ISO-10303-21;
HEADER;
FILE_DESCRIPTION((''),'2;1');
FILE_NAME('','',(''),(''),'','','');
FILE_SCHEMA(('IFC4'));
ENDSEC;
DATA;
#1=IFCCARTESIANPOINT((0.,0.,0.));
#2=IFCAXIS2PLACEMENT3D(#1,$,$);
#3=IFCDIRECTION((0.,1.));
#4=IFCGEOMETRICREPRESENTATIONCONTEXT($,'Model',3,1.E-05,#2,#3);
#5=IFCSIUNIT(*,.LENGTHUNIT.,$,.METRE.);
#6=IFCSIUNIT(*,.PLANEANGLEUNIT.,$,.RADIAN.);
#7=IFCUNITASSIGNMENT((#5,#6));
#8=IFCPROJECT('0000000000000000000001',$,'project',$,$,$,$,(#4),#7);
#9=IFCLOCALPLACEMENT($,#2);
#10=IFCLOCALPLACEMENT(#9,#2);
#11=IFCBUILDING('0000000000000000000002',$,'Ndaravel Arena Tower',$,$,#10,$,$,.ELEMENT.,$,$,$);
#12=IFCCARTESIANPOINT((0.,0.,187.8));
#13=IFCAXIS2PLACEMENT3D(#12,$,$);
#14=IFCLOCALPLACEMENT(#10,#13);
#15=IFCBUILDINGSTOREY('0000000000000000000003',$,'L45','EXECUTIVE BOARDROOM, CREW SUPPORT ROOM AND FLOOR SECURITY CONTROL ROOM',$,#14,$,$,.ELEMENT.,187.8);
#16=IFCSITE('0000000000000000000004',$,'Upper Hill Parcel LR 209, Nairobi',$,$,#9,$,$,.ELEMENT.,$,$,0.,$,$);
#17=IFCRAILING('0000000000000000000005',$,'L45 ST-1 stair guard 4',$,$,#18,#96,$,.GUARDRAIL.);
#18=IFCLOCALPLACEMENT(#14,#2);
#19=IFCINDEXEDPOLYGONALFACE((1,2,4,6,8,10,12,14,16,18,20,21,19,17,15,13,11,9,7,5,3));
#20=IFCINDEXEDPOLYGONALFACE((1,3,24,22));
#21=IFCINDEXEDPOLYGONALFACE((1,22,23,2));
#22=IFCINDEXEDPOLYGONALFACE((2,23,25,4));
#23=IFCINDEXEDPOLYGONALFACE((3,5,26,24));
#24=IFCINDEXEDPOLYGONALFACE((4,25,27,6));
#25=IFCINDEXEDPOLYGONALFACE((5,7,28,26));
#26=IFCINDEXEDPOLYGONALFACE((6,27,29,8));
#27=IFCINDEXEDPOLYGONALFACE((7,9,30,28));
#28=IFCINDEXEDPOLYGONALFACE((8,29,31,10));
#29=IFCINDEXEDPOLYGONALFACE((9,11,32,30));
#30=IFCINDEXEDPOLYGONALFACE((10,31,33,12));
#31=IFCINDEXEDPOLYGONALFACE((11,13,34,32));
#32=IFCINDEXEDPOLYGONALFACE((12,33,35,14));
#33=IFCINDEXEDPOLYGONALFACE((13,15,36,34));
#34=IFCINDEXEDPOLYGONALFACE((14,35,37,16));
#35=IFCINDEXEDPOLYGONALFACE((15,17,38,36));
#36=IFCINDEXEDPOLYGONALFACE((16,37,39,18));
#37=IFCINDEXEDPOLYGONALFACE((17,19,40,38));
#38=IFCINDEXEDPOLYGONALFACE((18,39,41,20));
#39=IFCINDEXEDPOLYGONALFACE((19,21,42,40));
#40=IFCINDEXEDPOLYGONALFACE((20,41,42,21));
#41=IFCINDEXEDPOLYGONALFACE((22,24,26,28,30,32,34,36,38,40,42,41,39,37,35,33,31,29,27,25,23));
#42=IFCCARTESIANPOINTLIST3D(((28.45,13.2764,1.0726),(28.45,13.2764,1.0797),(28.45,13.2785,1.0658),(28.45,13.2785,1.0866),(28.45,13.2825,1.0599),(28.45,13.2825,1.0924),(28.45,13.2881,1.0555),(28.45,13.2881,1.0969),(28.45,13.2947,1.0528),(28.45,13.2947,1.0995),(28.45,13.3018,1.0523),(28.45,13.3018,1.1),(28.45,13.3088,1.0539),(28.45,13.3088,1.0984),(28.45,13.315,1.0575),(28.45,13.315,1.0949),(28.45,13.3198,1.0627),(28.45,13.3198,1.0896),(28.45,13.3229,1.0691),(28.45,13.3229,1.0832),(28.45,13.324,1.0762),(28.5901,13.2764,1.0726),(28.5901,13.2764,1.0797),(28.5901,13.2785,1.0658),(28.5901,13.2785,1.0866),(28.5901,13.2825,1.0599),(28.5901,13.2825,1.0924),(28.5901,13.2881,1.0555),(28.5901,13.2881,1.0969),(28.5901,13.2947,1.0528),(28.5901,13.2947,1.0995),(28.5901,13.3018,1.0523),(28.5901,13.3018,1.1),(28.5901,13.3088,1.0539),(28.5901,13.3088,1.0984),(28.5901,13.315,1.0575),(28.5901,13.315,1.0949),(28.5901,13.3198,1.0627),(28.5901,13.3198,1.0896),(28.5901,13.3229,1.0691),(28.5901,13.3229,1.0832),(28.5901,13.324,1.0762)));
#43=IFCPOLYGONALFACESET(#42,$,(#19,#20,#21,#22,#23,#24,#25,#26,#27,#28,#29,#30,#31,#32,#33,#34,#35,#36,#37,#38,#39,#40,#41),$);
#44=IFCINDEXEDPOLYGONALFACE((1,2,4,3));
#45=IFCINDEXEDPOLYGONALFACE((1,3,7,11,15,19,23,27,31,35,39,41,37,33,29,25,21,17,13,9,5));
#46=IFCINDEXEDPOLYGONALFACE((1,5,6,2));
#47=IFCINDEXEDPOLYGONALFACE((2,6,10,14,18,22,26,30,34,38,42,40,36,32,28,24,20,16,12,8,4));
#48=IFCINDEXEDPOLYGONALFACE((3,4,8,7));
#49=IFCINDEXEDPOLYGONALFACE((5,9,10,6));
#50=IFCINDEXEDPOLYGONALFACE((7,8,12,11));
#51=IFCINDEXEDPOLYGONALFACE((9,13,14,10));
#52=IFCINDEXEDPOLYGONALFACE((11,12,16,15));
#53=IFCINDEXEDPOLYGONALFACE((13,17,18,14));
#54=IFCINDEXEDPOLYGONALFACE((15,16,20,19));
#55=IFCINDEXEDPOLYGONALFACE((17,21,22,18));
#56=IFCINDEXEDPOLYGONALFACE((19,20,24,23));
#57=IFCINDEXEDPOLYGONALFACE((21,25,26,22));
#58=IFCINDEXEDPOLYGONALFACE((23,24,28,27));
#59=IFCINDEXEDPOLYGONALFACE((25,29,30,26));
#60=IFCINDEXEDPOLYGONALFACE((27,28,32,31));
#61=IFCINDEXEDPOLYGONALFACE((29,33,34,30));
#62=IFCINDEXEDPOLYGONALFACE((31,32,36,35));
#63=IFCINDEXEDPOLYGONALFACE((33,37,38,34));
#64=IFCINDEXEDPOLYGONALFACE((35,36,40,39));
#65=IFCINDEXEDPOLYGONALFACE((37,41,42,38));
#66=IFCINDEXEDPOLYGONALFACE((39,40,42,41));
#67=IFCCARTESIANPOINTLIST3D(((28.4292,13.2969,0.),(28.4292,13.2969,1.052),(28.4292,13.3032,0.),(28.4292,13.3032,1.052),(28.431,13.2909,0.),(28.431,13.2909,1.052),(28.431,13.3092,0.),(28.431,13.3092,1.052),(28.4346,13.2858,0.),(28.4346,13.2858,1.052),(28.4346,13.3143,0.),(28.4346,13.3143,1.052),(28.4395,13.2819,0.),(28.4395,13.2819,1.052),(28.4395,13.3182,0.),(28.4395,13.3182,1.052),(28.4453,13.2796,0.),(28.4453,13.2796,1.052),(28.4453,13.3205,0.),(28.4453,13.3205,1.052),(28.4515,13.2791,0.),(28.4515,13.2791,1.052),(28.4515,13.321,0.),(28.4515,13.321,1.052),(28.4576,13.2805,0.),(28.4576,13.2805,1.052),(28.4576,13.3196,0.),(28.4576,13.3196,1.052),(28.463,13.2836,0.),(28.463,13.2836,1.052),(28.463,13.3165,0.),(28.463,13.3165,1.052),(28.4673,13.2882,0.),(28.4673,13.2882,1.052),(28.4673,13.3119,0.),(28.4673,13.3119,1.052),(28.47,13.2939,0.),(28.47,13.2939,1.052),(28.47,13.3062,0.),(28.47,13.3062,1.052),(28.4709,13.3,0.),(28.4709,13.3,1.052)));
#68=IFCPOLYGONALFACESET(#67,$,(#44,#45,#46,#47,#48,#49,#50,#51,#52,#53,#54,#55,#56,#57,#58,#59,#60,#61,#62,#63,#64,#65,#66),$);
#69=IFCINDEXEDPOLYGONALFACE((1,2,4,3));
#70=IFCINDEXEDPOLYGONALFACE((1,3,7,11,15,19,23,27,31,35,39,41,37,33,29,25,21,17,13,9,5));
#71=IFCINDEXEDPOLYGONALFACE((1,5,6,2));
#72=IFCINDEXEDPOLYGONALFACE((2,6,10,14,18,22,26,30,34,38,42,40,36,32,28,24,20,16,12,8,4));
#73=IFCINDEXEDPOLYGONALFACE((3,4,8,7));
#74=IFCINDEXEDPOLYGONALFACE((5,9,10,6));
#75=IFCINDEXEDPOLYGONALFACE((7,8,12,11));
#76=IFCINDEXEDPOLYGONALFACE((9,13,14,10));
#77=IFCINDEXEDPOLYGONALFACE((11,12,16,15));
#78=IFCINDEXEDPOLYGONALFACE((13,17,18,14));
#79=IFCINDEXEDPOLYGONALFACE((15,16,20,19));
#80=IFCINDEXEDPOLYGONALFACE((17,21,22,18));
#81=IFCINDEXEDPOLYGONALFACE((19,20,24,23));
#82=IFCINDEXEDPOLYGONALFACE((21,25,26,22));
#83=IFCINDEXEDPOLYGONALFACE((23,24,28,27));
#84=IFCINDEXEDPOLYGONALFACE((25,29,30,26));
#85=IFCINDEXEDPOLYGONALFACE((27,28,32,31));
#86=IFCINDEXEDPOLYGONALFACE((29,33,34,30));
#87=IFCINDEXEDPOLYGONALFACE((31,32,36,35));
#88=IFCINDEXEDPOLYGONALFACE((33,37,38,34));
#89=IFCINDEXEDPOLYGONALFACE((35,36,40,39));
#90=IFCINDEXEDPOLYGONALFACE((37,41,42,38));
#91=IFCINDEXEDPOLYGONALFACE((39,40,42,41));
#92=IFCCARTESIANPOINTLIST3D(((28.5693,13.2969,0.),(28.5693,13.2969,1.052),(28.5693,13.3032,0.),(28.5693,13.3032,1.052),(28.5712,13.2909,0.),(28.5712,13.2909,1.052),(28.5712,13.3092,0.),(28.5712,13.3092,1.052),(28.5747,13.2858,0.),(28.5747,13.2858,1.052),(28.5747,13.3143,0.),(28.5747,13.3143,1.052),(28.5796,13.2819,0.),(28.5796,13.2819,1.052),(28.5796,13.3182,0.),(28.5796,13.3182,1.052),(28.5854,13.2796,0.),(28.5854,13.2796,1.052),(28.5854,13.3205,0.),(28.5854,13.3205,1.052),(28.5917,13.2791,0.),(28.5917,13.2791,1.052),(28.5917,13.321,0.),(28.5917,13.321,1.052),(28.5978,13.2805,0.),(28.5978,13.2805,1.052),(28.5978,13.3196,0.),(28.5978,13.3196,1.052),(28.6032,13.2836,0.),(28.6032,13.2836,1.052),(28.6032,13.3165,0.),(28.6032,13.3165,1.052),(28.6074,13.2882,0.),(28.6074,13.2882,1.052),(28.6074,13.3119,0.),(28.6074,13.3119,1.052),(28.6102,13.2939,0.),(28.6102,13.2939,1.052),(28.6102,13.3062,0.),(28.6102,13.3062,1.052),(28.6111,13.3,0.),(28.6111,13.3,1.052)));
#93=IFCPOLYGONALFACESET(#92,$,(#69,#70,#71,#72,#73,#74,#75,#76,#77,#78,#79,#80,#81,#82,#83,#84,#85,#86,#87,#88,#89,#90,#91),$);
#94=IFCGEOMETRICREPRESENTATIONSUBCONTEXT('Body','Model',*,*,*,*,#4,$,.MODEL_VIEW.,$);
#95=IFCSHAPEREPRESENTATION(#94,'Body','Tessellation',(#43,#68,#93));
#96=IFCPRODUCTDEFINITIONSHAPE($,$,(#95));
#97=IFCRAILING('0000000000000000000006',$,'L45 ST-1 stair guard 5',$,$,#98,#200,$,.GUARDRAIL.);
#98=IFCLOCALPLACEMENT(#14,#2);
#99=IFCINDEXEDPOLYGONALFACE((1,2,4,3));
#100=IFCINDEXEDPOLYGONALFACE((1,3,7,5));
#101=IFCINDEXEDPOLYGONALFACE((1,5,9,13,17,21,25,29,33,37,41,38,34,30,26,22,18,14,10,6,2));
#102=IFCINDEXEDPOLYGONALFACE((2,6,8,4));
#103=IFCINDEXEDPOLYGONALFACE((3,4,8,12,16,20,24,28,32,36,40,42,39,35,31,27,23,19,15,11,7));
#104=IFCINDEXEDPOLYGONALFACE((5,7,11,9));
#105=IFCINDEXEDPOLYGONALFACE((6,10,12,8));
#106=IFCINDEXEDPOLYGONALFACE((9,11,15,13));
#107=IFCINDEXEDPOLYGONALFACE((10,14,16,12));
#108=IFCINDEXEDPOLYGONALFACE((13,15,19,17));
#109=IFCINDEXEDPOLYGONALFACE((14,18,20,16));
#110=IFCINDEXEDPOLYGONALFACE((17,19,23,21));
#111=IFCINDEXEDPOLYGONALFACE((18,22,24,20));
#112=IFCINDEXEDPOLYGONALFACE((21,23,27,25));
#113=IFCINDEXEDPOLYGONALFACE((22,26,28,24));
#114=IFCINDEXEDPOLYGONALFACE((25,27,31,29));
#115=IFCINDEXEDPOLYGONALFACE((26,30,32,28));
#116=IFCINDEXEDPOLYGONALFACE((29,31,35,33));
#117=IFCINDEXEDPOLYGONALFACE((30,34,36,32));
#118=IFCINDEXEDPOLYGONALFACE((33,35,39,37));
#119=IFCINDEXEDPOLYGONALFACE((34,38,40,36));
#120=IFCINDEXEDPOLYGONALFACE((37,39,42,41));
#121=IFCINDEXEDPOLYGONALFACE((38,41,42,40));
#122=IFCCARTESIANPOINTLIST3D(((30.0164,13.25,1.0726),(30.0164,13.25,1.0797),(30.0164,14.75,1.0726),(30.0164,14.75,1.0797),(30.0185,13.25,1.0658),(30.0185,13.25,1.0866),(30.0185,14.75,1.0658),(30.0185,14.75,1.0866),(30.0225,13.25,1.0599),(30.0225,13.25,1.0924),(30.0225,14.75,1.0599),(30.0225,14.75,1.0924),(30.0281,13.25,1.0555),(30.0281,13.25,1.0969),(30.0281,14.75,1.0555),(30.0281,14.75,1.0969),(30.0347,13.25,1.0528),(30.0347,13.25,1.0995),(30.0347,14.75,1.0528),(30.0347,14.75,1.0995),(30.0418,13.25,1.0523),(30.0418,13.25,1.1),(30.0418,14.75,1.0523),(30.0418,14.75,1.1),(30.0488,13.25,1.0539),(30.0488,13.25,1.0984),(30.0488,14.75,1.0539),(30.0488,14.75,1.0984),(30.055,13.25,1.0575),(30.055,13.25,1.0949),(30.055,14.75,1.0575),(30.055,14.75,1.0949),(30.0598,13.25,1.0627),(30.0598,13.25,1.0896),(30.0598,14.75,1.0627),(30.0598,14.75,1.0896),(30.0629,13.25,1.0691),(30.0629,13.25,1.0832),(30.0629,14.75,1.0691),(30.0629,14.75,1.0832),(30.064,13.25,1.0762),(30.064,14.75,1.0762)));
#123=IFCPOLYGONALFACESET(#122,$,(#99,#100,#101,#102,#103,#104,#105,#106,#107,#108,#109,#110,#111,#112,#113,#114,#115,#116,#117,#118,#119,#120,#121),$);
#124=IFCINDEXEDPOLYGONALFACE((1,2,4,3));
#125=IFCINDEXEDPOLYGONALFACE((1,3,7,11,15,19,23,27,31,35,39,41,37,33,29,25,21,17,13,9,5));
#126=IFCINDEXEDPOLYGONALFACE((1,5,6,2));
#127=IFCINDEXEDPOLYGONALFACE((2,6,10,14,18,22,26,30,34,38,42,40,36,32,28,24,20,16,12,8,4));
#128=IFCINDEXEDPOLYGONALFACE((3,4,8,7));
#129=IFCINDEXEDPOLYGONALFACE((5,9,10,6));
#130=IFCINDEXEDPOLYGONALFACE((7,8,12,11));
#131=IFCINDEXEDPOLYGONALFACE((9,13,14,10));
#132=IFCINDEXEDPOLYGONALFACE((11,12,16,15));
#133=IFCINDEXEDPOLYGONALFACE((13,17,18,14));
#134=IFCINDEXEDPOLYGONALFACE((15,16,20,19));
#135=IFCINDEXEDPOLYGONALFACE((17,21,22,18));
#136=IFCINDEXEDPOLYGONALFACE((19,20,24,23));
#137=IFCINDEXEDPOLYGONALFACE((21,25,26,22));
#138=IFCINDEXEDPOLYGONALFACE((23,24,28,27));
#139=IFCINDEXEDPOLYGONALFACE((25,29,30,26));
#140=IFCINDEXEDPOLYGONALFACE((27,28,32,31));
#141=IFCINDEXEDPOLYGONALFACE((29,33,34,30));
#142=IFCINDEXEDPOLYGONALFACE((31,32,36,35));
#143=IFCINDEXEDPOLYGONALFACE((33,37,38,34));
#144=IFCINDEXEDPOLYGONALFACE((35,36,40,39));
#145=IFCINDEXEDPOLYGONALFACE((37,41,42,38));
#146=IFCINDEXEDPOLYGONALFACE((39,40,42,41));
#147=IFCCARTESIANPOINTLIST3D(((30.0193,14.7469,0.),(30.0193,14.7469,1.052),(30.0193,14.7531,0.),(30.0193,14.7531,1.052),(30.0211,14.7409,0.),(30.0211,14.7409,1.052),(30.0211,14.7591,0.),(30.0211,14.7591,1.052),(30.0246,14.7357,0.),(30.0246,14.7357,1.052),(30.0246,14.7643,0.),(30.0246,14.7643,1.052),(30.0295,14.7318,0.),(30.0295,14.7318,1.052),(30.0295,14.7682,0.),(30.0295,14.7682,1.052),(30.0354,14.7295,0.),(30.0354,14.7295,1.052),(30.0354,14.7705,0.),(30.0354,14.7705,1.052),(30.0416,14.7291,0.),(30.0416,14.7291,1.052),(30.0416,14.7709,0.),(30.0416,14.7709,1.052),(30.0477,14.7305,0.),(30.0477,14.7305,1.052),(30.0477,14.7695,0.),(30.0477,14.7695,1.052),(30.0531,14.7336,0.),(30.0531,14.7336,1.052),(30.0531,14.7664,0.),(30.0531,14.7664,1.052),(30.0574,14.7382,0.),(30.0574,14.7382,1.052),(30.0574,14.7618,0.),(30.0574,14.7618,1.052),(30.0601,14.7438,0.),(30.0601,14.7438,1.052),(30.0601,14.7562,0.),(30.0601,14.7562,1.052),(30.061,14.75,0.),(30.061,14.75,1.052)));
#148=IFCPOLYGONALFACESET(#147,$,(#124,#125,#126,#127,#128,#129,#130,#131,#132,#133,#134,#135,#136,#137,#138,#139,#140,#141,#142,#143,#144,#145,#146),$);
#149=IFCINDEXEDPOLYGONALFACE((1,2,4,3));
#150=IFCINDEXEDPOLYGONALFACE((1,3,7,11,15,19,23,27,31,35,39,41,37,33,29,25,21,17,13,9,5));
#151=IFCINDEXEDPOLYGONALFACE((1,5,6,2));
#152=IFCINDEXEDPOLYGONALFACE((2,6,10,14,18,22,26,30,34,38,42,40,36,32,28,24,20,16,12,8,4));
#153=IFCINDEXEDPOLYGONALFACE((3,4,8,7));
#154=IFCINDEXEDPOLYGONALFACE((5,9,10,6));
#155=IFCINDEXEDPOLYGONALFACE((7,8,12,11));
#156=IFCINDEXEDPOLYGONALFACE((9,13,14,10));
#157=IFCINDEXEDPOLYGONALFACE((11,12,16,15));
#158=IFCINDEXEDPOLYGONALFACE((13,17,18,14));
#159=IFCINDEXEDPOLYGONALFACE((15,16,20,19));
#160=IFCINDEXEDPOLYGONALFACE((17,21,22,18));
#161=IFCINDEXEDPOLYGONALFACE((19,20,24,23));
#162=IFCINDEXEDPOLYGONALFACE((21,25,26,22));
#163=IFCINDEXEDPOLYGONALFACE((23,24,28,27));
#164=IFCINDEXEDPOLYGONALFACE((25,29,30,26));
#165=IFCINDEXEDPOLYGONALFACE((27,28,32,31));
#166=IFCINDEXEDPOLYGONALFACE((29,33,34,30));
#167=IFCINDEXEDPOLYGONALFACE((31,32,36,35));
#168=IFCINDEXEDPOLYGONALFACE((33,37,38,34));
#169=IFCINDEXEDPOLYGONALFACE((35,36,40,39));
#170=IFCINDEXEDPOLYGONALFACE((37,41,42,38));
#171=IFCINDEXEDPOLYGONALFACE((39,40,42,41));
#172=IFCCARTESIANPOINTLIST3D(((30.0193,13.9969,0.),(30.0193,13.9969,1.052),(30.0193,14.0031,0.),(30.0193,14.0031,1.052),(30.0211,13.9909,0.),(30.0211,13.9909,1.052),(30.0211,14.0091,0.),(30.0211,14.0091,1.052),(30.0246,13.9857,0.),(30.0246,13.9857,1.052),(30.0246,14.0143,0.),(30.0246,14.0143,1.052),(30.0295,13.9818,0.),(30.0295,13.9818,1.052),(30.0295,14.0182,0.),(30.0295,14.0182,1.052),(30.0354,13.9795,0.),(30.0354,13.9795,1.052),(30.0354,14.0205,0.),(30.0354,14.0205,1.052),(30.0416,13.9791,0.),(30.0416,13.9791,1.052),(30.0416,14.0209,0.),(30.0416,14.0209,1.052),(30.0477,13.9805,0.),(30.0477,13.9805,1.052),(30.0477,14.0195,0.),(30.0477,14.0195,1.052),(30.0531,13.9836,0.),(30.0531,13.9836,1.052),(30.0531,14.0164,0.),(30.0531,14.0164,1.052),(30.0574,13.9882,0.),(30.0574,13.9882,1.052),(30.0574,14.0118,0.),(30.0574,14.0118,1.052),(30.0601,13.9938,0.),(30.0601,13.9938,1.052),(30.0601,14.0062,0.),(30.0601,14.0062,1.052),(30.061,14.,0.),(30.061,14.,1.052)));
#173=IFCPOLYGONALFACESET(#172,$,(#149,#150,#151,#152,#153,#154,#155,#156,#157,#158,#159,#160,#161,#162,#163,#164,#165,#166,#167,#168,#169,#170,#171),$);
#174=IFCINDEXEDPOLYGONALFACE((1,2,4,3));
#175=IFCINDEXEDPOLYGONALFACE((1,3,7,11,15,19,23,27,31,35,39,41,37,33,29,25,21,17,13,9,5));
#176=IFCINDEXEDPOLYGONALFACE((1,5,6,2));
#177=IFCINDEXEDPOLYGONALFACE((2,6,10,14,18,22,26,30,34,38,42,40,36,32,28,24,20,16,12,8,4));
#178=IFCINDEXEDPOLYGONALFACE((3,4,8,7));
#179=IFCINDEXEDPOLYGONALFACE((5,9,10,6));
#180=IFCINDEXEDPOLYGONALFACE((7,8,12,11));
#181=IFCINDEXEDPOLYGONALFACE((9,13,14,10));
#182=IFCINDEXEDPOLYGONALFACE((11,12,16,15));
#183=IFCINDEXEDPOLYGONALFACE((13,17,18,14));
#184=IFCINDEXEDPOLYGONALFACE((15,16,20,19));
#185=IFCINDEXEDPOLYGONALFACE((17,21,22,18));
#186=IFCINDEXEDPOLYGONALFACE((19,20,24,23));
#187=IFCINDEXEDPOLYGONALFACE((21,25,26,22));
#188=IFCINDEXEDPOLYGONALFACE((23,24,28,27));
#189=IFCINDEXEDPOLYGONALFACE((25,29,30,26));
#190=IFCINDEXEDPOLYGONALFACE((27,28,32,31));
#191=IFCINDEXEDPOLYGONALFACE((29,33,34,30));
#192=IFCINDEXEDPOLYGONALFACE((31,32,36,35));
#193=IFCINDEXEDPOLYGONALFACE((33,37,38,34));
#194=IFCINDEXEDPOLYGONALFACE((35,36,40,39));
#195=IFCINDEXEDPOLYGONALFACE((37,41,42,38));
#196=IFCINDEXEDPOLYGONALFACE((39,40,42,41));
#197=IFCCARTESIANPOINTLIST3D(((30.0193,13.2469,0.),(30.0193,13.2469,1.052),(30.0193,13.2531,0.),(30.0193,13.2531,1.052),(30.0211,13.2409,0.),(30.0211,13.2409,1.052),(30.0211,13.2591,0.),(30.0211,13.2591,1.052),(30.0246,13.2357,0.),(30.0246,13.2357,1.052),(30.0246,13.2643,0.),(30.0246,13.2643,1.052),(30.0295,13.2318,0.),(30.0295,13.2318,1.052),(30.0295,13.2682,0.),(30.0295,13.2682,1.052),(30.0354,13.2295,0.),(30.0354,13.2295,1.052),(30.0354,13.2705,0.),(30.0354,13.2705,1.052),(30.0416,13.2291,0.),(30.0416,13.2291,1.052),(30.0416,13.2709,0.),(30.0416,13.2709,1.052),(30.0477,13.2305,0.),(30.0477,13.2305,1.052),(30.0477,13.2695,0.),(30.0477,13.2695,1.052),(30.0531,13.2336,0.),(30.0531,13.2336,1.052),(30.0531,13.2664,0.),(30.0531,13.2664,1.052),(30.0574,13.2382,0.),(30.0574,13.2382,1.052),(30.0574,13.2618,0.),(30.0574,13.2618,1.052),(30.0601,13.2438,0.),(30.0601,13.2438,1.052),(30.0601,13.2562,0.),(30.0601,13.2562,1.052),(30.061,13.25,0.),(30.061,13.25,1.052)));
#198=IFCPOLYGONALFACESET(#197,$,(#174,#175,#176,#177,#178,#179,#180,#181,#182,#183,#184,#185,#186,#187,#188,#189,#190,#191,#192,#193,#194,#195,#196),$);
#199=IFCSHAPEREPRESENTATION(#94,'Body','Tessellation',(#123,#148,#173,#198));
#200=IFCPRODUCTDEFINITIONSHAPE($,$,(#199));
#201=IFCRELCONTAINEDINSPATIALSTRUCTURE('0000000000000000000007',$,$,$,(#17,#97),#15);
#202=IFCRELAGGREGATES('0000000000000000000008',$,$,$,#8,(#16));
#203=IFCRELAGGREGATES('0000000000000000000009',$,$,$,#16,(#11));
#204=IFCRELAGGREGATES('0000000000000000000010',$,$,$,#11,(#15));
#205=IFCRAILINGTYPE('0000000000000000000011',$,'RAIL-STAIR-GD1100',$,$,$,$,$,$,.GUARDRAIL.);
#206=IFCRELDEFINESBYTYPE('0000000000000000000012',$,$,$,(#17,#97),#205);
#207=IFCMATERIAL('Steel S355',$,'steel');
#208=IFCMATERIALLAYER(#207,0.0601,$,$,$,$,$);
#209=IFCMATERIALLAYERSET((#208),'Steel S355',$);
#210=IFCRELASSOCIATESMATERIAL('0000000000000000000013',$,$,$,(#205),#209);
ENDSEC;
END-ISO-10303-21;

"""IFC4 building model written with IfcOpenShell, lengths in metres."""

from ifc_helpers import new_model, si_unit, direction, frame, origin, origin_2d, place, context, subcontext, project, spatial, circle, extrude, material, layer, layer_set, type_object, element, save


model = new_model("IFC4")

# Units and contexts
model_context = context("Model", 3, precision=1e-05, world=origin(), true_north=direction((0.0, 1.0)))
body_context = subcontext(model_context, "Body", "Model", "MODEL_VIEW")
ifc_project = project(units=[si_unit("LENGTHUNIT", "METRE"), si_unit("PLANEANGLEUNIT", "RADIAN")], contexts=[model_context])

# Site, building, storey
site_placement = place(None, origin())
site = spatial("IfcSite", under=ifc_project, at=site_placement, Name="Upper Hill Parcel LR 209, Nairobi", CompositionType="ELEMENT", RefElevation=0.0)
building_placement = place(site_placement, origin())
building = spatial("IfcBuilding", under=site, at=building_placement, Name="Ndaravel Arena Tower", CompositionType="ELEMENT")
storey_placement = place(building_placement, frame((0.0, 0.0, 187.8)))
storey = spatial("IfcBuildingStorey", under=building, at=storey_placement, Name="L45", Description="EXECUTIVE BOARDROOM, CREW SUPPORT ROOM AND FLOOR SECURITY CONTROL ROOM", CompositionType="ELEMENT", Elevation=187.8)

# Railings
ifc_material_1 = material(Name="Steel S355", Category="steel")
ifc_layer_1 = layer(ifc_material_1, 0.0601)
ifc_layer_set_1 = layer_set([ifc_layer_1], Name="Steel S355")
railing_type_1 = type_object("IfcRailingType", Name="RAIL-STAIR-GD1100", PredefinedType="GUARDRAIL", material=ifc_layer_set_1)
railing_1_placement = place(storey_placement, frame((28.45, 13.3, 0.0)))
element("IfcRailing", 1, at=railing_1_placement, inside=storey, type_object=railing_type_1, Name="L45 ST-1 stair guard 4", PredefinedType="GUARDRAIL", context=body_context, shape_type="SweptSolid", body=[
    extrude(circle(Radius=0.0239, at=origin_2d()), frame((0.0, 0.0, 1.0762), z_axis=(1.0, 0.0, 0.0), x_axis=(0.0, 1.0, 0.0)), (0.0, 0.0, 1.0), 0.1401),
    extrude(circle(Radius=0.021, at=origin_2d()), origin(), (0.0, 0.0, 1.0), 1.052),
    extrude(circle(Radius=0.021, at=origin_2d()), frame((0.1401, 0.0, 0.0)), (0.0, 0.0, 1.0), 1.052),
])
railing_2_placement = place(storey_placement, frame((30.04, 14.75, 0.0)))
element("IfcRailing", 2, at=railing_2_placement, inside=storey, type_object=railing_type_1, Name="L45 ST-1 stair guard 5", PredefinedType="GUARDRAIL", context=body_context, shape_type="SweptSolid", body=[
    extrude(circle(Radius=0.0239, at=origin_2d()), frame((0.0, 0.0, 1.0762), z_axis=(0.0, -1.0, 0.0), x_axis=(1.0, 0.0, 0.0)), (0.0, 0.0, 1.0), 1.5),
    extrude(circle(Radius=0.021, at=origin_2d()), origin(), (0.0, 0.0, 1.0), 1.052),
    extrude(circle(Radius=0.021, at=origin_2d()), frame((0.0, -0.75, 0.0)), (0.0, 0.0, 1.0), 1.052),
    extrude(circle(Radius=0.021, at=origin_2d()), frame((0.0, -1.5, 0.0)), (0.0, 0.0, 1.0), 1.052),
])

save(model, "model.ifc")
